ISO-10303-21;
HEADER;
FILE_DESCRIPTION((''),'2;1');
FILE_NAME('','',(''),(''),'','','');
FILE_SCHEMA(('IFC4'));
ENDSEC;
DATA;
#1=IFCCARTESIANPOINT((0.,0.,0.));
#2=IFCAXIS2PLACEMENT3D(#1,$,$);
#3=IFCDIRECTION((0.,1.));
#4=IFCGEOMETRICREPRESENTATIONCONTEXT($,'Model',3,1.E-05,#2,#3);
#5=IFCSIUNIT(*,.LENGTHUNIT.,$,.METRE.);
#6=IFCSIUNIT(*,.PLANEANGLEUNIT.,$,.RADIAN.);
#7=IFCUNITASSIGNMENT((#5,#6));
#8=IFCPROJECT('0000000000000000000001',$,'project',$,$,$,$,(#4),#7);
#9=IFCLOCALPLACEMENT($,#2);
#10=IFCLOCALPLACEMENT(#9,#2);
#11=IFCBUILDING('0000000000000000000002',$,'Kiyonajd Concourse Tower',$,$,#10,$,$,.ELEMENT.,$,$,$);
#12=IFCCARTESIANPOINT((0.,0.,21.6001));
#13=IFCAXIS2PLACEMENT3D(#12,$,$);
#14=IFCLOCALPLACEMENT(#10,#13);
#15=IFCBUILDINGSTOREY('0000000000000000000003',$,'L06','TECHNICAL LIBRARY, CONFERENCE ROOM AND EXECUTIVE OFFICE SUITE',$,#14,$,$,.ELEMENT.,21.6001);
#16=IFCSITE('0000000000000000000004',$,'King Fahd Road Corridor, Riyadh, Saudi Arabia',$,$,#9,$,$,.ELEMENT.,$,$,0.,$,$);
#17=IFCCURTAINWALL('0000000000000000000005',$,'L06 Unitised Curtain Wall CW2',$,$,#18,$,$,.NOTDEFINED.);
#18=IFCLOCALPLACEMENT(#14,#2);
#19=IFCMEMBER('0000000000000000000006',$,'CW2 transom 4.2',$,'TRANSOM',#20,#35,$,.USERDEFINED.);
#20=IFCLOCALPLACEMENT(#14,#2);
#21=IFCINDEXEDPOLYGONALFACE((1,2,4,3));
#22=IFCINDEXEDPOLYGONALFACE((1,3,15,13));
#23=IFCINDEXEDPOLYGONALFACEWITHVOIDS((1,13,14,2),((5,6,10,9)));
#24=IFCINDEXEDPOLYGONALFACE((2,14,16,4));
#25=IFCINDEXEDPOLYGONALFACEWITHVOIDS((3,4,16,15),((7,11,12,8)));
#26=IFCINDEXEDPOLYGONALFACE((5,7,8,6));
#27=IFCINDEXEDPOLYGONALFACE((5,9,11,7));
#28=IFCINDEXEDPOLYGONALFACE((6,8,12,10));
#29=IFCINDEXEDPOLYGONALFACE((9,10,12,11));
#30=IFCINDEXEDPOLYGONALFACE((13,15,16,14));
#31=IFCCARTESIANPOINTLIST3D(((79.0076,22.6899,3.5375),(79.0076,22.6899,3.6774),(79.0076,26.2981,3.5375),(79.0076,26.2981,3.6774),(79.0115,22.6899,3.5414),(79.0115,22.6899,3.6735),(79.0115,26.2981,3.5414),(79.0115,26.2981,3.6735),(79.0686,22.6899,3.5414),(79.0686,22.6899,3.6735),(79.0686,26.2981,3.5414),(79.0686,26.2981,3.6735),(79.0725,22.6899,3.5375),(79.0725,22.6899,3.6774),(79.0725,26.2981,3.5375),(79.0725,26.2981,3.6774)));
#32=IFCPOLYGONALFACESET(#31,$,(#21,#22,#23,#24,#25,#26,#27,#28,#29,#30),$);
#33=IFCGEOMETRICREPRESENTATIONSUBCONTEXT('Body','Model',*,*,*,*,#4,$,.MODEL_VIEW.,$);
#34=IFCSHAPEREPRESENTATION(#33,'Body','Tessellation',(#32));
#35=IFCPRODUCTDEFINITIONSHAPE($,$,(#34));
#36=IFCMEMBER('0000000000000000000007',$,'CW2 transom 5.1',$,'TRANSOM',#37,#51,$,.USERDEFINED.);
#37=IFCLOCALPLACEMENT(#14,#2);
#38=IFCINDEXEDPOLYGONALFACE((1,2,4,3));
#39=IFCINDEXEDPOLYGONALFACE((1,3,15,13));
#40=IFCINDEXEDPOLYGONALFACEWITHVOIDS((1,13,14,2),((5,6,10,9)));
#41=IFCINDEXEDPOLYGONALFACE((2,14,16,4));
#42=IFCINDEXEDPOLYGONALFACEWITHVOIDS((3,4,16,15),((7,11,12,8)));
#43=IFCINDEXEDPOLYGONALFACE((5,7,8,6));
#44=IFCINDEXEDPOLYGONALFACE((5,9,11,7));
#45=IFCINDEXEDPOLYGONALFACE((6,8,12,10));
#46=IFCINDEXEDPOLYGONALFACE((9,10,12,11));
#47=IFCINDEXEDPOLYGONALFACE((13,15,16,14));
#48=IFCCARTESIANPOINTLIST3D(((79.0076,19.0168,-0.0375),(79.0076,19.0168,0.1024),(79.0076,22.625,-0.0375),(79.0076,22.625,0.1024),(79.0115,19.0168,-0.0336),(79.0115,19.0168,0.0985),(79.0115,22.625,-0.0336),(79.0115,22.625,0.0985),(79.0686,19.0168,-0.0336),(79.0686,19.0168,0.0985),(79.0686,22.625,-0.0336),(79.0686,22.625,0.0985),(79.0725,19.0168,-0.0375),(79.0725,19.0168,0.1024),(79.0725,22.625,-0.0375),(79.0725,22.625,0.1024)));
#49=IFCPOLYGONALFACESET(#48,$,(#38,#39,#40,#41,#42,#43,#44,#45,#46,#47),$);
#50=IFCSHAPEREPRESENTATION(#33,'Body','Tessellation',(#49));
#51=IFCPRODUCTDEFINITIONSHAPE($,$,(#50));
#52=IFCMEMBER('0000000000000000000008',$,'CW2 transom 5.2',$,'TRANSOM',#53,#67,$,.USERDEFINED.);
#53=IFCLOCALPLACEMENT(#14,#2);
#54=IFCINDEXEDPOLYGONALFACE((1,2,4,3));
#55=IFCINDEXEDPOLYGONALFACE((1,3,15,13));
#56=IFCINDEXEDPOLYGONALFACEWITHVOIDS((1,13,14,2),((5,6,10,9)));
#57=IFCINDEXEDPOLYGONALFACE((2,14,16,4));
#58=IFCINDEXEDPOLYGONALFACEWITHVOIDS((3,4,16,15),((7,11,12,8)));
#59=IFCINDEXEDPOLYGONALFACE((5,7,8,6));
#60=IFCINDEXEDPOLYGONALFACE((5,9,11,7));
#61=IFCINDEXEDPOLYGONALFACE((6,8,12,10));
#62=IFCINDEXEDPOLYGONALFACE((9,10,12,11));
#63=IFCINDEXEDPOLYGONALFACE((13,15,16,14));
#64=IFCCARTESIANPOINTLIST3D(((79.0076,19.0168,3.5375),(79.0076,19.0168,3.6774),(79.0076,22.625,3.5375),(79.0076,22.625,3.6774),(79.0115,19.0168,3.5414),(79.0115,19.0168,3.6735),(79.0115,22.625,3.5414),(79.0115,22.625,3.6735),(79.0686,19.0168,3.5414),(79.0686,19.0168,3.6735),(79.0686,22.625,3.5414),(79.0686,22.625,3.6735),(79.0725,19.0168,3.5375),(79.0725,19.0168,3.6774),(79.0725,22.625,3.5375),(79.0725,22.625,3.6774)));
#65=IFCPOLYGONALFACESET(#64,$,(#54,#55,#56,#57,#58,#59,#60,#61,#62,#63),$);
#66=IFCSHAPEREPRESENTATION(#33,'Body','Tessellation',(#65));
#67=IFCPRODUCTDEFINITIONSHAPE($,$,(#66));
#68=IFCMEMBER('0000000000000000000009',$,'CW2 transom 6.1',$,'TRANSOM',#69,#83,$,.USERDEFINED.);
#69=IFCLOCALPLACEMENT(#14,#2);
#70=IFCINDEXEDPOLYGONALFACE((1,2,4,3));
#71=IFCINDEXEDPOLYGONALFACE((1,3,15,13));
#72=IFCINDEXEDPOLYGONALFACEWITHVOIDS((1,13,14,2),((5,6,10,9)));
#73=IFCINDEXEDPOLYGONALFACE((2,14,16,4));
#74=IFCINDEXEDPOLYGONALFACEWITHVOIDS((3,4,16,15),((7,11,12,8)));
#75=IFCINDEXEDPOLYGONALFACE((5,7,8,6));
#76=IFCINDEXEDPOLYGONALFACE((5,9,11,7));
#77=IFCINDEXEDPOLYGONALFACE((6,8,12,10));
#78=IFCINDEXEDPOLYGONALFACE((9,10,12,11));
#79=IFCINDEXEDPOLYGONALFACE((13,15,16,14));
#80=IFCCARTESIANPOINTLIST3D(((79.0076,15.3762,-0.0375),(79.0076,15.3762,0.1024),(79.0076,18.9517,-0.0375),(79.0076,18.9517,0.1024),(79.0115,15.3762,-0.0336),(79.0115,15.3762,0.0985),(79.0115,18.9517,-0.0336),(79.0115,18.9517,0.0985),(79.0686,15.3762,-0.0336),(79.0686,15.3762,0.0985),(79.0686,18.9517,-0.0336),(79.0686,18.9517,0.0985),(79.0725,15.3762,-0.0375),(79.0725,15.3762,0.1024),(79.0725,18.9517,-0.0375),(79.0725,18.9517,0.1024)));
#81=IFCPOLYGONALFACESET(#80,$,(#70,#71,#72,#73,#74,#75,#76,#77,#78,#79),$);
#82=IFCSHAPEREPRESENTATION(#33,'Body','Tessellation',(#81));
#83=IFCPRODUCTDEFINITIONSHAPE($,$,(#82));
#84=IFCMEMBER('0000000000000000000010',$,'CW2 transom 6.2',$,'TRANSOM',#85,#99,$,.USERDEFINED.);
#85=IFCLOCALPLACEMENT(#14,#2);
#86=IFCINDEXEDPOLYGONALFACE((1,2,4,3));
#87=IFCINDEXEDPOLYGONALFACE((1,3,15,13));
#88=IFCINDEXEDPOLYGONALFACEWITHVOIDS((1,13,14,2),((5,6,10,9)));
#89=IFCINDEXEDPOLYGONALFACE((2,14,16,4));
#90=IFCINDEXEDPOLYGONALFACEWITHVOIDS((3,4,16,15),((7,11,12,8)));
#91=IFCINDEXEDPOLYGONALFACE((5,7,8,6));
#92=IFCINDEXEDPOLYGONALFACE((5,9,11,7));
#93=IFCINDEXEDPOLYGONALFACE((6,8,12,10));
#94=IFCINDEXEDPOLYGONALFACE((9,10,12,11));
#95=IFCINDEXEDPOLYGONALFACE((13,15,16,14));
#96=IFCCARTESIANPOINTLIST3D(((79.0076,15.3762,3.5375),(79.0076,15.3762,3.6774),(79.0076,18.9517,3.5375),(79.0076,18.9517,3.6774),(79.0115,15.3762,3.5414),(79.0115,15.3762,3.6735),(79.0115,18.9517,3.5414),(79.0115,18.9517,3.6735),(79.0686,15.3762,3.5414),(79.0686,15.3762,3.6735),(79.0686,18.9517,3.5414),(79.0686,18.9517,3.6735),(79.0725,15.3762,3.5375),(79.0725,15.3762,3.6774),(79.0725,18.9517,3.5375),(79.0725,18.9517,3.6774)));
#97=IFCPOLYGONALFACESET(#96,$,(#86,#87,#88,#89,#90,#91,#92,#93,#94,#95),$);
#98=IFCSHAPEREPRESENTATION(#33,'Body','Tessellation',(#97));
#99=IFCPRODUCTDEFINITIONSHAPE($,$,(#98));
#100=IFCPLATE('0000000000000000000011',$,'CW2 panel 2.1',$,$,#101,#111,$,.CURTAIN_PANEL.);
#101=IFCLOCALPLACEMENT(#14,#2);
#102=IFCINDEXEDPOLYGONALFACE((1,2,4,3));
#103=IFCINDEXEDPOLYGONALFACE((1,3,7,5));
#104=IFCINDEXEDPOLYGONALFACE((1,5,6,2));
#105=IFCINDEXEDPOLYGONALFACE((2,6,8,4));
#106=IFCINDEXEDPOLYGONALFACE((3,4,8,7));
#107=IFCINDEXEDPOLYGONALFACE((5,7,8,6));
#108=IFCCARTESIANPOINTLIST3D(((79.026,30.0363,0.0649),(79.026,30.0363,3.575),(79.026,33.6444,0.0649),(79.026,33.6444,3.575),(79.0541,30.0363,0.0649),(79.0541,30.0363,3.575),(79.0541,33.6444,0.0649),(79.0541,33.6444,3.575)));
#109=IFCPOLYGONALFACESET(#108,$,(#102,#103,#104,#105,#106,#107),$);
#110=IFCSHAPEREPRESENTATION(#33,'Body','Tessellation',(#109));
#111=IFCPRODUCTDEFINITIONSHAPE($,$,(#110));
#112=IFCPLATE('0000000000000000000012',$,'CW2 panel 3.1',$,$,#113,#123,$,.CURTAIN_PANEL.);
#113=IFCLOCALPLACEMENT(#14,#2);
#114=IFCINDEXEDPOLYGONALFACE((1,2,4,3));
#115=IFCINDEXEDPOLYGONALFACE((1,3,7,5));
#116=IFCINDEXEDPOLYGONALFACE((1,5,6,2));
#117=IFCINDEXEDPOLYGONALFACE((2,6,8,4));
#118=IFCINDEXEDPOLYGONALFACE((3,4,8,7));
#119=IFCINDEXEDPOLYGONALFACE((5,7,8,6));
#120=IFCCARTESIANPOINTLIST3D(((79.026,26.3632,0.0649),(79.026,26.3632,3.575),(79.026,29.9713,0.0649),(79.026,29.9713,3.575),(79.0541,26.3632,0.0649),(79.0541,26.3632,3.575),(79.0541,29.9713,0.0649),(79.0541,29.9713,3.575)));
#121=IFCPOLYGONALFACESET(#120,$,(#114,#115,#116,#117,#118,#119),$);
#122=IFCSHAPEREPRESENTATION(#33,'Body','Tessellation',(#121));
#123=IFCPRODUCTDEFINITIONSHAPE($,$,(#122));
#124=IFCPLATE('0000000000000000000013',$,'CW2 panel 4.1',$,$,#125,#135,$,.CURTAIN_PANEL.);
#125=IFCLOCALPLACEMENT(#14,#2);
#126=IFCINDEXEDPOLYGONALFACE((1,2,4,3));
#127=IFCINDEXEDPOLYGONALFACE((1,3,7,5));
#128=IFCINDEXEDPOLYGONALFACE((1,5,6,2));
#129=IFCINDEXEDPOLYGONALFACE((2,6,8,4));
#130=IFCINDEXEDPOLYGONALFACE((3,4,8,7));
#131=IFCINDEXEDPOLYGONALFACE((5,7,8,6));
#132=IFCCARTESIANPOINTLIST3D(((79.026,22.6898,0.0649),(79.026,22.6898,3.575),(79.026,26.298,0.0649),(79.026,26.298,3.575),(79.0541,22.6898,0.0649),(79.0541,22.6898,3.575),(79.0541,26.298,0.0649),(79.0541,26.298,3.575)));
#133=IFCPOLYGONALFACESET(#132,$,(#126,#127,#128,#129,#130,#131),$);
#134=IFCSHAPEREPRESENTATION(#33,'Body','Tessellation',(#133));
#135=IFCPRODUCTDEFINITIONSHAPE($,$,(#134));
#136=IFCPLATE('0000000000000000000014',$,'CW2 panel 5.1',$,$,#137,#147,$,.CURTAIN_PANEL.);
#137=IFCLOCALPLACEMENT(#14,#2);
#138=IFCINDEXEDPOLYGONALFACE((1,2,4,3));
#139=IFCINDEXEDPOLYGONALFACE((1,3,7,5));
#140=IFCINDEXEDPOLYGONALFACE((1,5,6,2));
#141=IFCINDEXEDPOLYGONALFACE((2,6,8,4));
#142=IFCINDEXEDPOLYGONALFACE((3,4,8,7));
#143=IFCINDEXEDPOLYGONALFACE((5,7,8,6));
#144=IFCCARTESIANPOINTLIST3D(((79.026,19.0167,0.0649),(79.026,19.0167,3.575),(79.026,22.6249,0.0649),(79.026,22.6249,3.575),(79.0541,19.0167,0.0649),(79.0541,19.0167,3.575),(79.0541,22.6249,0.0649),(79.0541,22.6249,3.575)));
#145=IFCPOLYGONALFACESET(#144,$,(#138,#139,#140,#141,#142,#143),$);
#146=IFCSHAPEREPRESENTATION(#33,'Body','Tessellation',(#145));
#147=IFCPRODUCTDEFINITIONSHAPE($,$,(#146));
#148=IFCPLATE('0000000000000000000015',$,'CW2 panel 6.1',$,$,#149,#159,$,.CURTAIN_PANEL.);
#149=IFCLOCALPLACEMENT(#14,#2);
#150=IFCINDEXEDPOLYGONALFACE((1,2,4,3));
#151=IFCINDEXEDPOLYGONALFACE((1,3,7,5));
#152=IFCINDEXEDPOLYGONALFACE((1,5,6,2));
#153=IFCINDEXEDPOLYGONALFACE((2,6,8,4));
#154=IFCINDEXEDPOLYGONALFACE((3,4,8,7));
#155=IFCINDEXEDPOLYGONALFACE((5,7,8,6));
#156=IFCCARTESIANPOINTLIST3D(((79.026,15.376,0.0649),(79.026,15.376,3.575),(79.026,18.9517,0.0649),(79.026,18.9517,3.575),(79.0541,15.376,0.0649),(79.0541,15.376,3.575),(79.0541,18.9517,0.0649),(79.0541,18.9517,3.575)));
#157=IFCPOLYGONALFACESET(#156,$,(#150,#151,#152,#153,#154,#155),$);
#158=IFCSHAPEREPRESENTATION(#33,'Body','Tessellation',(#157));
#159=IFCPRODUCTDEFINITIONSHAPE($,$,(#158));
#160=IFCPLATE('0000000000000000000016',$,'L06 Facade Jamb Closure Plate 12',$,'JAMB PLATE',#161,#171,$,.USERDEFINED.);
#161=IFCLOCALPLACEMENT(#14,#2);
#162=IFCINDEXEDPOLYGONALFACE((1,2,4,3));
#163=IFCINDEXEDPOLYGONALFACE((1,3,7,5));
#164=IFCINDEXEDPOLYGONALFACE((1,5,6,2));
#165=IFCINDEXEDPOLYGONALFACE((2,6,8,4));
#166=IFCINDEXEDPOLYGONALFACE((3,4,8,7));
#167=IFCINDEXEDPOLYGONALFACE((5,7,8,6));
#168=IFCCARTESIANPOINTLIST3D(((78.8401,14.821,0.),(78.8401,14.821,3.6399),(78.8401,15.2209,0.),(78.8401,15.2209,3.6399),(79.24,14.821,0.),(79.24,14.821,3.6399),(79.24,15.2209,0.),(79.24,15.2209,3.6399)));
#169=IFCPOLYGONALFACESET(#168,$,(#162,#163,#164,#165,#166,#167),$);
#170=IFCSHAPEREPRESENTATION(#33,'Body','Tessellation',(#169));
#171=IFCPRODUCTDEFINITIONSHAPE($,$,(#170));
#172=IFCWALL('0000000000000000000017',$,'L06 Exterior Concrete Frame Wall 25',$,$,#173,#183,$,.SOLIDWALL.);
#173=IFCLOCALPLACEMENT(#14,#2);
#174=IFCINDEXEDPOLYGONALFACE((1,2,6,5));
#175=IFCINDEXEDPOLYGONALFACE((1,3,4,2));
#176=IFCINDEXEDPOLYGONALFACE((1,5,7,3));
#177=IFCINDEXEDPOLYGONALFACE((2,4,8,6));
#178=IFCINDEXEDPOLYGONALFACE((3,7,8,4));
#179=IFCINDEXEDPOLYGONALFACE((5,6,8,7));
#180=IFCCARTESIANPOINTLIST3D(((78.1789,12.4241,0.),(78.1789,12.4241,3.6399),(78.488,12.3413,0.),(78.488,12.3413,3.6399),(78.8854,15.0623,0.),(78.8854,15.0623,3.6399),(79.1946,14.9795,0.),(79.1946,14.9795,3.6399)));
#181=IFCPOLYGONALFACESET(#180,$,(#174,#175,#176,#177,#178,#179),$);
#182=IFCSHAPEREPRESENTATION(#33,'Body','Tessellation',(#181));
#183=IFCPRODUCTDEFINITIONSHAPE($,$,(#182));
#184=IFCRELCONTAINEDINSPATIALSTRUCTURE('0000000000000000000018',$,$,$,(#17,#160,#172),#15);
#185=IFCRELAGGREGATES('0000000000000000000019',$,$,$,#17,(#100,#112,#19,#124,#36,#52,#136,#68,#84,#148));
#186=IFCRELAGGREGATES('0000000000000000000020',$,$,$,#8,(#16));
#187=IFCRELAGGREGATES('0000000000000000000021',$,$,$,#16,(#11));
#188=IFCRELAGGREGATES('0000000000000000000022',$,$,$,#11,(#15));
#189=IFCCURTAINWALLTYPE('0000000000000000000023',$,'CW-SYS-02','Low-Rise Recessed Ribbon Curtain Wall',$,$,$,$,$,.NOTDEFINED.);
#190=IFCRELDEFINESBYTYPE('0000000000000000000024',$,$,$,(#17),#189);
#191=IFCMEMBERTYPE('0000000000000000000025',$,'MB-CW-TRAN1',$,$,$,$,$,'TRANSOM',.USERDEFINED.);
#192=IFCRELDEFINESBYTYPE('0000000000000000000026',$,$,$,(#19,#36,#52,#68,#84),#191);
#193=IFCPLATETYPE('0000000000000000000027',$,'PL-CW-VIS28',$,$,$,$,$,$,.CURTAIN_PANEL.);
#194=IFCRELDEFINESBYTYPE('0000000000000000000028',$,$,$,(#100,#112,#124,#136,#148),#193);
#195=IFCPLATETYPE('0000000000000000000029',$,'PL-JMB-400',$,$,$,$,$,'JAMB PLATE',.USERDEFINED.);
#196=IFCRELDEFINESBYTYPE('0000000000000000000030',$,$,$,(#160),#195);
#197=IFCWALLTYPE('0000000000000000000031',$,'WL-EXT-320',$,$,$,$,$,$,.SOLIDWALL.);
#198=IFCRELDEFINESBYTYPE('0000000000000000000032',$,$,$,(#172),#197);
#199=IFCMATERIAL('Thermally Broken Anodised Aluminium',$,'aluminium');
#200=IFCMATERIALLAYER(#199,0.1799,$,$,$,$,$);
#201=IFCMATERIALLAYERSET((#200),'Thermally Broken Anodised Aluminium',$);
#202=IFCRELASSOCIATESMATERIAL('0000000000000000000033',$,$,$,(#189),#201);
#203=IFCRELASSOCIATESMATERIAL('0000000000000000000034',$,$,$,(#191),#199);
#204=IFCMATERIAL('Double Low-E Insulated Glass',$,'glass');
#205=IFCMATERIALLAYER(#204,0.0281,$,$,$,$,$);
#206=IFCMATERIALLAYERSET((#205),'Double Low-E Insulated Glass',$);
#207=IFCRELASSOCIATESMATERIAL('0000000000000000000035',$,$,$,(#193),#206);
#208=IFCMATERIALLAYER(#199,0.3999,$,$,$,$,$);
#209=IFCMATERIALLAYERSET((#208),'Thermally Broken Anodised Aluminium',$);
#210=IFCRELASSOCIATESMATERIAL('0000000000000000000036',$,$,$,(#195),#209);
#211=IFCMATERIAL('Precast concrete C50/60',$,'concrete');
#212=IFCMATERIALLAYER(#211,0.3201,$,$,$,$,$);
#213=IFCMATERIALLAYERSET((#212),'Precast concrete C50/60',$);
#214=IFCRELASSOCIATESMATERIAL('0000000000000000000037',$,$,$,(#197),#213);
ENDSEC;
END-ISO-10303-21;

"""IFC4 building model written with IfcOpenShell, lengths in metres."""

from ifc_helpers import new_model, si_unit, direction, frame, frame_2d, origin, origin_2d, place, context, subcontext, project, spatial, rectangle, hollow_rectangle, extrude, material, layer, layer_set, material_profile, profile_set, type_object, element, aggregate, save


model = new_model("IFC4")

# Units and contexts
model_context = context("Model", 3, precision=1e-05, world=origin(), true_north=direction((0.0, 1.0)))
body_context = subcontext(model_context, "Body", "Model", "MODEL_VIEW")
ifc_project = project(units=[si_unit("LENGTHUNIT", "METRE"), si_unit("PLANEANGLEUNIT", "RADIAN")], contexts=[model_context])

# Site, building, storey
site_placement = place(None, origin())
site = spatial("IfcSite", under=ifc_project, at=site_placement, Name="King Fahd Road Corridor, Riyadh, Saudi Arabia", CompositionType="ELEMENT", RefElevation=0.0)
building_placement = place(site_placement, origin())
building = spatial("IfcBuilding", under=site, at=building_placement, Name="Kiyonajd Concourse Tower", CompositionType="ELEMENT")
storey_placement = place(building_placement, frame((0.0, 0.0, 21.6001)))
storey = spatial("IfcBuildingStorey", under=building, at=storey_placement, Name="L06", Description="TECHNICAL LIBRARY, CONFERENCE ROOM AND EXECUTIVE OFFICE SUITE", CompositionType="ELEMENT", Elevation=21.6001)

# Curtain wall, members, plates
ifc_material_1 = material(Name="Thermally Broken Anodised Aluminium", Category="aluminium")
ifc_layer_1 = layer(ifc_material_1, 0.1799)
ifc_layer_set_1 = layer_set([ifc_layer_1], Name="Thermally Broken Anodised Aluminium")
curtain_wall_type = type_object("IfcCurtainWallType", Name="CW-SYS-02", Description="Low-Rise Recessed Ribbon Curtain Wall", PredefinedType="NOTDEFINED", material=ifc_layer_set_1)
curtain_wall_placement = place(storey_placement, origin())
curtain_wall = element("IfcCurtainWall", 1, at=curtain_wall_placement, inside=storey, type_object=curtain_wall_type, Name="L06 Unitised Curtain Wall CW2", PredefinedType="NOTDEFINED")
ifc_material_profile_1 = material_profile(ifc_material_1, hollow_rectangle(XDim=0.0649, YDim=0.1399, WallThickness=0.0039, at=origin_2d()), Name="TRAN-65x140")
ifc_profile_set_1 = profile_set([ifc_material_profile_1], Name="Thermally Broken Anodised Aluminium")
member_type_1 = type_object("IfcMemberType", Name="MB-CW-TRAN1", ElementType="TRANSOM", PredefinedType="USERDEFINED", material=ifc_profile_set_1)
member_1_placement = place(storey_placement, frame((79.04, 26.2981, 3.6074), z_axis=(0.0, -1.0, 0.0), x_axis=(1.0, 0.0, 0.0)))
member_1 = element("IfcMember", 2, at=member_1_placement, type_object=member_type_1, Name="CW2 transom 4.2", ObjectType="TRANSOM", PredefinedType="USERDEFINED", context=body_context, shape_type="SweptSolid", body=[
    extrude(hollow_rectangle(XDim=0.0649, YDim=0.1399, WallThickness=0.0039, at=origin_2d()), origin(), (0.0, 0.0, 1.0), 3.6082),
])
member_2_placement = place(storey_placement, frame((79.04, 22.625, 0.0325), z_axis=(0.0, -1.0, 0.0), x_axis=(1.0, 0.0, 0.0)))
member_2 = element("IfcMember", 3, at=member_2_placement, type_object=member_type_1, Name="CW2 transom 5.1", ObjectType="TRANSOM", PredefinedType="USERDEFINED", context=body_context, shape_type="SweptSolid", body=[
    extrude(hollow_rectangle(XDim=0.0649, YDim=0.1399, WallThickness=0.0039, at=origin_2d()), origin(), (0.0, 0.0, 1.0), 3.6082),
])
member_3_placement = place(storey_placement, frame((79.04, 22.625, 3.6074), z_axis=(0.0, -1.0, 0.0), x_axis=(1.0, 0.0, 0.0)))
member_3 = element("IfcMember", 4, at=member_3_placement, type_object=member_type_1, Name="CW2 transom 5.2", ObjectType="TRANSOM", PredefinedType="USERDEFINED", context=body_context, shape_type="SweptSolid", body=[
    extrude(hollow_rectangle(XDim=0.0649, YDim=0.1399, WallThickness=0.0039, at=origin_2d()), origin(), (0.0, 0.0, 1.0), 3.6082),
])
member_4_placement = place(storey_placement, frame((79.04, 18.9517, 0.0325), z_axis=(0.0, -1.0, 0.0), x_axis=(1.0, 0.0, 0.0)))
member_4 = element("IfcMember", 5, at=member_4_placement, type_object=member_type_1, Name="CW2 transom 6.1", ObjectType="TRANSOM", PredefinedType="USERDEFINED", context=body_context, shape_type="SweptSolid", body=[
    extrude(hollow_rectangle(XDim=0.0649, YDim=0.1399, WallThickness=0.0039, at=origin_2d()), origin(), (0.0, 0.0, 1.0), 3.5754),
])
member_5_placement = place(storey_placement, frame((79.04, 18.9517, 3.6074), z_axis=(0.0, -1.0, 0.0), x_axis=(1.0, 0.0, 0.0)))
member_5 = element("IfcMember", 6, at=member_5_placement, type_object=member_type_1, Name="CW2 transom 6.2", ObjectType="TRANSOM", PredefinedType="USERDEFINED", context=body_context, shape_type="SweptSolid", body=[
    extrude(hollow_rectangle(XDim=0.0649, YDim=0.1399, WallThickness=0.0039, at=origin_2d()), origin(), (0.0, 0.0, 1.0), 3.5754),
])
ifc_material_2 = material(Name="Double Low-E Insulated Glass", Category="glass")
ifc_layer_2 = layer(ifc_material_2, 0.0281)
ifc_layer_set_2 = layer_set([ifc_layer_2], Name="Double Low-E Insulated Glass")
plate_type_1 = type_object("IfcPlateType", Name="PL-CW-VIS28", PredefinedType="CURTAIN_PANEL", material=ifc_layer_set_2)
plate_1_placement = place(storey_placement, frame((79.04, 31.8403, 0.0649), z_axis=(0.0, 0.0, 1.0), x_axis=(0.0, -1.0, 0.0)))
plate_1 = element("IfcPlate", 7, at=plate_1_placement, type_object=plate_type_1, Name="CW2 panel 2.1", PredefinedType="CURTAIN_PANEL", context=body_context, shape_type="SweptSolid", body=[
    extrude(rectangle(XDim=3.6082, YDim=0.0281, at=origin_2d()), origin(), (0.0, 0.0, 1.0), 3.51),
])
plate_2_placement = place(storey_placement, frame((79.04, 28.1672, 0.0649), z_axis=(0.0, 0.0, 1.0), x_axis=(0.0, -1.0, 0.0)))
plate_2 = element("IfcPlate", 8, at=plate_2_placement, type_object=plate_type_1, Name="CW2 panel 3.1", PredefinedType="CURTAIN_PANEL", context=body_context, shape_type="SweptSolid", body=[
    extrude(rectangle(XDim=3.6082, YDim=0.0281, at=origin_2d()), origin(), (0.0, 0.0, 1.0), 3.51),
])
plate_3_placement = place(storey_placement, frame((79.04, 24.4939, 0.0649), z_axis=(0.0, 0.0, 1.0), x_axis=(0.0, -1.0, 0.0)))
plate_3 = element("IfcPlate", 9, at=plate_3_placement, type_object=plate_type_1, Name="CW2 panel 4.1", PredefinedType="CURTAIN_PANEL", context=body_context, shape_type="SweptSolid", body=[
    extrude(rectangle(XDim=3.6082, YDim=0.0281, at=origin_2d()), origin(), (0.0, 0.0, 1.0), 3.51),
])
plate_4_placement = place(storey_placement, frame((79.04, 20.8208, 0.0649), z_axis=(0.0, 0.0, 1.0), x_axis=(0.0, -1.0, 0.0)))
plate_4 = element("IfcPlate", 10, at=plate_4_placement, type_object=plate_type_1, Name="CW2 panel 5.1", PredefinedType="CURTAIN_PANEL", context=body_context, shape_type="SweptSolid", body=[
    extrude(rectangle(XDim=3.6082, YDim=0.0281, at=origin_2d()), origin(), (0.0, 0.0, 1.0), 3.51),
])
plate_5_placement = place(storey_placement, frame((79.04, 17.1638, 0.0649), z_axis=(0.0, 0.0, 1.0), x_axis=(0.0, -1.0, 0.0)))
plate_5 = element("IfcPlate", 11, at=plate_5_placement, type_object=plate_type_1, Name="CW2 panel 6.1", PredefinedType="CURTAIN_PANEL", context=body_context, shape_type="SweptSolid", body=[
    extrude(rectangle(XDim=3.5757, YDim=0.0281, at=origin_2d()), origin(), (0.0, 0.0, 1.0), 3.51),
])
aggregate(curtain_wall, [plate_1, plate_2, member_1, plate_3, member_2, member_3, plate_4, member_4, member_5, plate_5])

# Plate
ifc_layer_3 = layer(ifc_material_1, 0.3999)
ifc_layer_set_3 = layer_set([ifc_layer_3], Name="Thermally Broken Anodised Aluminium")
plate_type_2 = type_object("IfcPlateType", Name="PL-JMB-400", ElementType="JAMB PLATE", PredefinedType="USERDEFINED", material=ifc_layer_set_3)
plate_6_placement = place(storey_placement, frame((79.04, 15.021, 0.0), z_axis=(0.0, 0.0, 1.0), x_axis=(1.0, 0.0, 0.0)))
element("IfcPlate", 12, at=plate_6_placement, inside=storey, type_object=plate_type_2, Name="L06 Facade Jamb Closure Plate 12", ObjectType="JAMB PLATE", PredefinedType="USERDEFINED", context=body_context, shape_type="SweptSolid", body=[
    extrude(rectangle(XDim=0.3999, YDim=0.3999, at=origin_2d()), origin(), (0.0, 0.0, 1.0), 3.6399),
])

# Wall
ifc_material_3 = material(Name="Precast concrete C50/60", Category="concrete")
ifc_layer_4 = layer(ifc_material_3, 0.3201)
ifc_layer_set_4 = layer_set([ifc_layer_4], Name="Precast concrete C50/60")
wall_type_1 = type_object("IfcWallType", Name="WL-EXT-320", PredefinedType="SOLIDWALL", material=ifc_layer_set_4)
wall_1_placement = place(storey_placement, frame((79.04, 15.021, 0.0), z_axis=(0.0, 0.0, 1.0), x_axis=(-0.258697, -0.965958, 0.0)))
element("IfcWall", 13, at=wall_1_placement, inside=storey, type_object=wall_type_1, Name="L06 Exterior Concrete Frame Wall 25", PredefinedType="SOLIDWALL", context=body_context, shape_type="SweptSolid", body=[
    extrude(rectangle(XDim=2.7312, YDim=0.3201, at=frame_2d((1.3657, 0.0))), origin(), (0.0, 0.0, 1.0), 3.6399),
])

save(model, "model.ifc")
